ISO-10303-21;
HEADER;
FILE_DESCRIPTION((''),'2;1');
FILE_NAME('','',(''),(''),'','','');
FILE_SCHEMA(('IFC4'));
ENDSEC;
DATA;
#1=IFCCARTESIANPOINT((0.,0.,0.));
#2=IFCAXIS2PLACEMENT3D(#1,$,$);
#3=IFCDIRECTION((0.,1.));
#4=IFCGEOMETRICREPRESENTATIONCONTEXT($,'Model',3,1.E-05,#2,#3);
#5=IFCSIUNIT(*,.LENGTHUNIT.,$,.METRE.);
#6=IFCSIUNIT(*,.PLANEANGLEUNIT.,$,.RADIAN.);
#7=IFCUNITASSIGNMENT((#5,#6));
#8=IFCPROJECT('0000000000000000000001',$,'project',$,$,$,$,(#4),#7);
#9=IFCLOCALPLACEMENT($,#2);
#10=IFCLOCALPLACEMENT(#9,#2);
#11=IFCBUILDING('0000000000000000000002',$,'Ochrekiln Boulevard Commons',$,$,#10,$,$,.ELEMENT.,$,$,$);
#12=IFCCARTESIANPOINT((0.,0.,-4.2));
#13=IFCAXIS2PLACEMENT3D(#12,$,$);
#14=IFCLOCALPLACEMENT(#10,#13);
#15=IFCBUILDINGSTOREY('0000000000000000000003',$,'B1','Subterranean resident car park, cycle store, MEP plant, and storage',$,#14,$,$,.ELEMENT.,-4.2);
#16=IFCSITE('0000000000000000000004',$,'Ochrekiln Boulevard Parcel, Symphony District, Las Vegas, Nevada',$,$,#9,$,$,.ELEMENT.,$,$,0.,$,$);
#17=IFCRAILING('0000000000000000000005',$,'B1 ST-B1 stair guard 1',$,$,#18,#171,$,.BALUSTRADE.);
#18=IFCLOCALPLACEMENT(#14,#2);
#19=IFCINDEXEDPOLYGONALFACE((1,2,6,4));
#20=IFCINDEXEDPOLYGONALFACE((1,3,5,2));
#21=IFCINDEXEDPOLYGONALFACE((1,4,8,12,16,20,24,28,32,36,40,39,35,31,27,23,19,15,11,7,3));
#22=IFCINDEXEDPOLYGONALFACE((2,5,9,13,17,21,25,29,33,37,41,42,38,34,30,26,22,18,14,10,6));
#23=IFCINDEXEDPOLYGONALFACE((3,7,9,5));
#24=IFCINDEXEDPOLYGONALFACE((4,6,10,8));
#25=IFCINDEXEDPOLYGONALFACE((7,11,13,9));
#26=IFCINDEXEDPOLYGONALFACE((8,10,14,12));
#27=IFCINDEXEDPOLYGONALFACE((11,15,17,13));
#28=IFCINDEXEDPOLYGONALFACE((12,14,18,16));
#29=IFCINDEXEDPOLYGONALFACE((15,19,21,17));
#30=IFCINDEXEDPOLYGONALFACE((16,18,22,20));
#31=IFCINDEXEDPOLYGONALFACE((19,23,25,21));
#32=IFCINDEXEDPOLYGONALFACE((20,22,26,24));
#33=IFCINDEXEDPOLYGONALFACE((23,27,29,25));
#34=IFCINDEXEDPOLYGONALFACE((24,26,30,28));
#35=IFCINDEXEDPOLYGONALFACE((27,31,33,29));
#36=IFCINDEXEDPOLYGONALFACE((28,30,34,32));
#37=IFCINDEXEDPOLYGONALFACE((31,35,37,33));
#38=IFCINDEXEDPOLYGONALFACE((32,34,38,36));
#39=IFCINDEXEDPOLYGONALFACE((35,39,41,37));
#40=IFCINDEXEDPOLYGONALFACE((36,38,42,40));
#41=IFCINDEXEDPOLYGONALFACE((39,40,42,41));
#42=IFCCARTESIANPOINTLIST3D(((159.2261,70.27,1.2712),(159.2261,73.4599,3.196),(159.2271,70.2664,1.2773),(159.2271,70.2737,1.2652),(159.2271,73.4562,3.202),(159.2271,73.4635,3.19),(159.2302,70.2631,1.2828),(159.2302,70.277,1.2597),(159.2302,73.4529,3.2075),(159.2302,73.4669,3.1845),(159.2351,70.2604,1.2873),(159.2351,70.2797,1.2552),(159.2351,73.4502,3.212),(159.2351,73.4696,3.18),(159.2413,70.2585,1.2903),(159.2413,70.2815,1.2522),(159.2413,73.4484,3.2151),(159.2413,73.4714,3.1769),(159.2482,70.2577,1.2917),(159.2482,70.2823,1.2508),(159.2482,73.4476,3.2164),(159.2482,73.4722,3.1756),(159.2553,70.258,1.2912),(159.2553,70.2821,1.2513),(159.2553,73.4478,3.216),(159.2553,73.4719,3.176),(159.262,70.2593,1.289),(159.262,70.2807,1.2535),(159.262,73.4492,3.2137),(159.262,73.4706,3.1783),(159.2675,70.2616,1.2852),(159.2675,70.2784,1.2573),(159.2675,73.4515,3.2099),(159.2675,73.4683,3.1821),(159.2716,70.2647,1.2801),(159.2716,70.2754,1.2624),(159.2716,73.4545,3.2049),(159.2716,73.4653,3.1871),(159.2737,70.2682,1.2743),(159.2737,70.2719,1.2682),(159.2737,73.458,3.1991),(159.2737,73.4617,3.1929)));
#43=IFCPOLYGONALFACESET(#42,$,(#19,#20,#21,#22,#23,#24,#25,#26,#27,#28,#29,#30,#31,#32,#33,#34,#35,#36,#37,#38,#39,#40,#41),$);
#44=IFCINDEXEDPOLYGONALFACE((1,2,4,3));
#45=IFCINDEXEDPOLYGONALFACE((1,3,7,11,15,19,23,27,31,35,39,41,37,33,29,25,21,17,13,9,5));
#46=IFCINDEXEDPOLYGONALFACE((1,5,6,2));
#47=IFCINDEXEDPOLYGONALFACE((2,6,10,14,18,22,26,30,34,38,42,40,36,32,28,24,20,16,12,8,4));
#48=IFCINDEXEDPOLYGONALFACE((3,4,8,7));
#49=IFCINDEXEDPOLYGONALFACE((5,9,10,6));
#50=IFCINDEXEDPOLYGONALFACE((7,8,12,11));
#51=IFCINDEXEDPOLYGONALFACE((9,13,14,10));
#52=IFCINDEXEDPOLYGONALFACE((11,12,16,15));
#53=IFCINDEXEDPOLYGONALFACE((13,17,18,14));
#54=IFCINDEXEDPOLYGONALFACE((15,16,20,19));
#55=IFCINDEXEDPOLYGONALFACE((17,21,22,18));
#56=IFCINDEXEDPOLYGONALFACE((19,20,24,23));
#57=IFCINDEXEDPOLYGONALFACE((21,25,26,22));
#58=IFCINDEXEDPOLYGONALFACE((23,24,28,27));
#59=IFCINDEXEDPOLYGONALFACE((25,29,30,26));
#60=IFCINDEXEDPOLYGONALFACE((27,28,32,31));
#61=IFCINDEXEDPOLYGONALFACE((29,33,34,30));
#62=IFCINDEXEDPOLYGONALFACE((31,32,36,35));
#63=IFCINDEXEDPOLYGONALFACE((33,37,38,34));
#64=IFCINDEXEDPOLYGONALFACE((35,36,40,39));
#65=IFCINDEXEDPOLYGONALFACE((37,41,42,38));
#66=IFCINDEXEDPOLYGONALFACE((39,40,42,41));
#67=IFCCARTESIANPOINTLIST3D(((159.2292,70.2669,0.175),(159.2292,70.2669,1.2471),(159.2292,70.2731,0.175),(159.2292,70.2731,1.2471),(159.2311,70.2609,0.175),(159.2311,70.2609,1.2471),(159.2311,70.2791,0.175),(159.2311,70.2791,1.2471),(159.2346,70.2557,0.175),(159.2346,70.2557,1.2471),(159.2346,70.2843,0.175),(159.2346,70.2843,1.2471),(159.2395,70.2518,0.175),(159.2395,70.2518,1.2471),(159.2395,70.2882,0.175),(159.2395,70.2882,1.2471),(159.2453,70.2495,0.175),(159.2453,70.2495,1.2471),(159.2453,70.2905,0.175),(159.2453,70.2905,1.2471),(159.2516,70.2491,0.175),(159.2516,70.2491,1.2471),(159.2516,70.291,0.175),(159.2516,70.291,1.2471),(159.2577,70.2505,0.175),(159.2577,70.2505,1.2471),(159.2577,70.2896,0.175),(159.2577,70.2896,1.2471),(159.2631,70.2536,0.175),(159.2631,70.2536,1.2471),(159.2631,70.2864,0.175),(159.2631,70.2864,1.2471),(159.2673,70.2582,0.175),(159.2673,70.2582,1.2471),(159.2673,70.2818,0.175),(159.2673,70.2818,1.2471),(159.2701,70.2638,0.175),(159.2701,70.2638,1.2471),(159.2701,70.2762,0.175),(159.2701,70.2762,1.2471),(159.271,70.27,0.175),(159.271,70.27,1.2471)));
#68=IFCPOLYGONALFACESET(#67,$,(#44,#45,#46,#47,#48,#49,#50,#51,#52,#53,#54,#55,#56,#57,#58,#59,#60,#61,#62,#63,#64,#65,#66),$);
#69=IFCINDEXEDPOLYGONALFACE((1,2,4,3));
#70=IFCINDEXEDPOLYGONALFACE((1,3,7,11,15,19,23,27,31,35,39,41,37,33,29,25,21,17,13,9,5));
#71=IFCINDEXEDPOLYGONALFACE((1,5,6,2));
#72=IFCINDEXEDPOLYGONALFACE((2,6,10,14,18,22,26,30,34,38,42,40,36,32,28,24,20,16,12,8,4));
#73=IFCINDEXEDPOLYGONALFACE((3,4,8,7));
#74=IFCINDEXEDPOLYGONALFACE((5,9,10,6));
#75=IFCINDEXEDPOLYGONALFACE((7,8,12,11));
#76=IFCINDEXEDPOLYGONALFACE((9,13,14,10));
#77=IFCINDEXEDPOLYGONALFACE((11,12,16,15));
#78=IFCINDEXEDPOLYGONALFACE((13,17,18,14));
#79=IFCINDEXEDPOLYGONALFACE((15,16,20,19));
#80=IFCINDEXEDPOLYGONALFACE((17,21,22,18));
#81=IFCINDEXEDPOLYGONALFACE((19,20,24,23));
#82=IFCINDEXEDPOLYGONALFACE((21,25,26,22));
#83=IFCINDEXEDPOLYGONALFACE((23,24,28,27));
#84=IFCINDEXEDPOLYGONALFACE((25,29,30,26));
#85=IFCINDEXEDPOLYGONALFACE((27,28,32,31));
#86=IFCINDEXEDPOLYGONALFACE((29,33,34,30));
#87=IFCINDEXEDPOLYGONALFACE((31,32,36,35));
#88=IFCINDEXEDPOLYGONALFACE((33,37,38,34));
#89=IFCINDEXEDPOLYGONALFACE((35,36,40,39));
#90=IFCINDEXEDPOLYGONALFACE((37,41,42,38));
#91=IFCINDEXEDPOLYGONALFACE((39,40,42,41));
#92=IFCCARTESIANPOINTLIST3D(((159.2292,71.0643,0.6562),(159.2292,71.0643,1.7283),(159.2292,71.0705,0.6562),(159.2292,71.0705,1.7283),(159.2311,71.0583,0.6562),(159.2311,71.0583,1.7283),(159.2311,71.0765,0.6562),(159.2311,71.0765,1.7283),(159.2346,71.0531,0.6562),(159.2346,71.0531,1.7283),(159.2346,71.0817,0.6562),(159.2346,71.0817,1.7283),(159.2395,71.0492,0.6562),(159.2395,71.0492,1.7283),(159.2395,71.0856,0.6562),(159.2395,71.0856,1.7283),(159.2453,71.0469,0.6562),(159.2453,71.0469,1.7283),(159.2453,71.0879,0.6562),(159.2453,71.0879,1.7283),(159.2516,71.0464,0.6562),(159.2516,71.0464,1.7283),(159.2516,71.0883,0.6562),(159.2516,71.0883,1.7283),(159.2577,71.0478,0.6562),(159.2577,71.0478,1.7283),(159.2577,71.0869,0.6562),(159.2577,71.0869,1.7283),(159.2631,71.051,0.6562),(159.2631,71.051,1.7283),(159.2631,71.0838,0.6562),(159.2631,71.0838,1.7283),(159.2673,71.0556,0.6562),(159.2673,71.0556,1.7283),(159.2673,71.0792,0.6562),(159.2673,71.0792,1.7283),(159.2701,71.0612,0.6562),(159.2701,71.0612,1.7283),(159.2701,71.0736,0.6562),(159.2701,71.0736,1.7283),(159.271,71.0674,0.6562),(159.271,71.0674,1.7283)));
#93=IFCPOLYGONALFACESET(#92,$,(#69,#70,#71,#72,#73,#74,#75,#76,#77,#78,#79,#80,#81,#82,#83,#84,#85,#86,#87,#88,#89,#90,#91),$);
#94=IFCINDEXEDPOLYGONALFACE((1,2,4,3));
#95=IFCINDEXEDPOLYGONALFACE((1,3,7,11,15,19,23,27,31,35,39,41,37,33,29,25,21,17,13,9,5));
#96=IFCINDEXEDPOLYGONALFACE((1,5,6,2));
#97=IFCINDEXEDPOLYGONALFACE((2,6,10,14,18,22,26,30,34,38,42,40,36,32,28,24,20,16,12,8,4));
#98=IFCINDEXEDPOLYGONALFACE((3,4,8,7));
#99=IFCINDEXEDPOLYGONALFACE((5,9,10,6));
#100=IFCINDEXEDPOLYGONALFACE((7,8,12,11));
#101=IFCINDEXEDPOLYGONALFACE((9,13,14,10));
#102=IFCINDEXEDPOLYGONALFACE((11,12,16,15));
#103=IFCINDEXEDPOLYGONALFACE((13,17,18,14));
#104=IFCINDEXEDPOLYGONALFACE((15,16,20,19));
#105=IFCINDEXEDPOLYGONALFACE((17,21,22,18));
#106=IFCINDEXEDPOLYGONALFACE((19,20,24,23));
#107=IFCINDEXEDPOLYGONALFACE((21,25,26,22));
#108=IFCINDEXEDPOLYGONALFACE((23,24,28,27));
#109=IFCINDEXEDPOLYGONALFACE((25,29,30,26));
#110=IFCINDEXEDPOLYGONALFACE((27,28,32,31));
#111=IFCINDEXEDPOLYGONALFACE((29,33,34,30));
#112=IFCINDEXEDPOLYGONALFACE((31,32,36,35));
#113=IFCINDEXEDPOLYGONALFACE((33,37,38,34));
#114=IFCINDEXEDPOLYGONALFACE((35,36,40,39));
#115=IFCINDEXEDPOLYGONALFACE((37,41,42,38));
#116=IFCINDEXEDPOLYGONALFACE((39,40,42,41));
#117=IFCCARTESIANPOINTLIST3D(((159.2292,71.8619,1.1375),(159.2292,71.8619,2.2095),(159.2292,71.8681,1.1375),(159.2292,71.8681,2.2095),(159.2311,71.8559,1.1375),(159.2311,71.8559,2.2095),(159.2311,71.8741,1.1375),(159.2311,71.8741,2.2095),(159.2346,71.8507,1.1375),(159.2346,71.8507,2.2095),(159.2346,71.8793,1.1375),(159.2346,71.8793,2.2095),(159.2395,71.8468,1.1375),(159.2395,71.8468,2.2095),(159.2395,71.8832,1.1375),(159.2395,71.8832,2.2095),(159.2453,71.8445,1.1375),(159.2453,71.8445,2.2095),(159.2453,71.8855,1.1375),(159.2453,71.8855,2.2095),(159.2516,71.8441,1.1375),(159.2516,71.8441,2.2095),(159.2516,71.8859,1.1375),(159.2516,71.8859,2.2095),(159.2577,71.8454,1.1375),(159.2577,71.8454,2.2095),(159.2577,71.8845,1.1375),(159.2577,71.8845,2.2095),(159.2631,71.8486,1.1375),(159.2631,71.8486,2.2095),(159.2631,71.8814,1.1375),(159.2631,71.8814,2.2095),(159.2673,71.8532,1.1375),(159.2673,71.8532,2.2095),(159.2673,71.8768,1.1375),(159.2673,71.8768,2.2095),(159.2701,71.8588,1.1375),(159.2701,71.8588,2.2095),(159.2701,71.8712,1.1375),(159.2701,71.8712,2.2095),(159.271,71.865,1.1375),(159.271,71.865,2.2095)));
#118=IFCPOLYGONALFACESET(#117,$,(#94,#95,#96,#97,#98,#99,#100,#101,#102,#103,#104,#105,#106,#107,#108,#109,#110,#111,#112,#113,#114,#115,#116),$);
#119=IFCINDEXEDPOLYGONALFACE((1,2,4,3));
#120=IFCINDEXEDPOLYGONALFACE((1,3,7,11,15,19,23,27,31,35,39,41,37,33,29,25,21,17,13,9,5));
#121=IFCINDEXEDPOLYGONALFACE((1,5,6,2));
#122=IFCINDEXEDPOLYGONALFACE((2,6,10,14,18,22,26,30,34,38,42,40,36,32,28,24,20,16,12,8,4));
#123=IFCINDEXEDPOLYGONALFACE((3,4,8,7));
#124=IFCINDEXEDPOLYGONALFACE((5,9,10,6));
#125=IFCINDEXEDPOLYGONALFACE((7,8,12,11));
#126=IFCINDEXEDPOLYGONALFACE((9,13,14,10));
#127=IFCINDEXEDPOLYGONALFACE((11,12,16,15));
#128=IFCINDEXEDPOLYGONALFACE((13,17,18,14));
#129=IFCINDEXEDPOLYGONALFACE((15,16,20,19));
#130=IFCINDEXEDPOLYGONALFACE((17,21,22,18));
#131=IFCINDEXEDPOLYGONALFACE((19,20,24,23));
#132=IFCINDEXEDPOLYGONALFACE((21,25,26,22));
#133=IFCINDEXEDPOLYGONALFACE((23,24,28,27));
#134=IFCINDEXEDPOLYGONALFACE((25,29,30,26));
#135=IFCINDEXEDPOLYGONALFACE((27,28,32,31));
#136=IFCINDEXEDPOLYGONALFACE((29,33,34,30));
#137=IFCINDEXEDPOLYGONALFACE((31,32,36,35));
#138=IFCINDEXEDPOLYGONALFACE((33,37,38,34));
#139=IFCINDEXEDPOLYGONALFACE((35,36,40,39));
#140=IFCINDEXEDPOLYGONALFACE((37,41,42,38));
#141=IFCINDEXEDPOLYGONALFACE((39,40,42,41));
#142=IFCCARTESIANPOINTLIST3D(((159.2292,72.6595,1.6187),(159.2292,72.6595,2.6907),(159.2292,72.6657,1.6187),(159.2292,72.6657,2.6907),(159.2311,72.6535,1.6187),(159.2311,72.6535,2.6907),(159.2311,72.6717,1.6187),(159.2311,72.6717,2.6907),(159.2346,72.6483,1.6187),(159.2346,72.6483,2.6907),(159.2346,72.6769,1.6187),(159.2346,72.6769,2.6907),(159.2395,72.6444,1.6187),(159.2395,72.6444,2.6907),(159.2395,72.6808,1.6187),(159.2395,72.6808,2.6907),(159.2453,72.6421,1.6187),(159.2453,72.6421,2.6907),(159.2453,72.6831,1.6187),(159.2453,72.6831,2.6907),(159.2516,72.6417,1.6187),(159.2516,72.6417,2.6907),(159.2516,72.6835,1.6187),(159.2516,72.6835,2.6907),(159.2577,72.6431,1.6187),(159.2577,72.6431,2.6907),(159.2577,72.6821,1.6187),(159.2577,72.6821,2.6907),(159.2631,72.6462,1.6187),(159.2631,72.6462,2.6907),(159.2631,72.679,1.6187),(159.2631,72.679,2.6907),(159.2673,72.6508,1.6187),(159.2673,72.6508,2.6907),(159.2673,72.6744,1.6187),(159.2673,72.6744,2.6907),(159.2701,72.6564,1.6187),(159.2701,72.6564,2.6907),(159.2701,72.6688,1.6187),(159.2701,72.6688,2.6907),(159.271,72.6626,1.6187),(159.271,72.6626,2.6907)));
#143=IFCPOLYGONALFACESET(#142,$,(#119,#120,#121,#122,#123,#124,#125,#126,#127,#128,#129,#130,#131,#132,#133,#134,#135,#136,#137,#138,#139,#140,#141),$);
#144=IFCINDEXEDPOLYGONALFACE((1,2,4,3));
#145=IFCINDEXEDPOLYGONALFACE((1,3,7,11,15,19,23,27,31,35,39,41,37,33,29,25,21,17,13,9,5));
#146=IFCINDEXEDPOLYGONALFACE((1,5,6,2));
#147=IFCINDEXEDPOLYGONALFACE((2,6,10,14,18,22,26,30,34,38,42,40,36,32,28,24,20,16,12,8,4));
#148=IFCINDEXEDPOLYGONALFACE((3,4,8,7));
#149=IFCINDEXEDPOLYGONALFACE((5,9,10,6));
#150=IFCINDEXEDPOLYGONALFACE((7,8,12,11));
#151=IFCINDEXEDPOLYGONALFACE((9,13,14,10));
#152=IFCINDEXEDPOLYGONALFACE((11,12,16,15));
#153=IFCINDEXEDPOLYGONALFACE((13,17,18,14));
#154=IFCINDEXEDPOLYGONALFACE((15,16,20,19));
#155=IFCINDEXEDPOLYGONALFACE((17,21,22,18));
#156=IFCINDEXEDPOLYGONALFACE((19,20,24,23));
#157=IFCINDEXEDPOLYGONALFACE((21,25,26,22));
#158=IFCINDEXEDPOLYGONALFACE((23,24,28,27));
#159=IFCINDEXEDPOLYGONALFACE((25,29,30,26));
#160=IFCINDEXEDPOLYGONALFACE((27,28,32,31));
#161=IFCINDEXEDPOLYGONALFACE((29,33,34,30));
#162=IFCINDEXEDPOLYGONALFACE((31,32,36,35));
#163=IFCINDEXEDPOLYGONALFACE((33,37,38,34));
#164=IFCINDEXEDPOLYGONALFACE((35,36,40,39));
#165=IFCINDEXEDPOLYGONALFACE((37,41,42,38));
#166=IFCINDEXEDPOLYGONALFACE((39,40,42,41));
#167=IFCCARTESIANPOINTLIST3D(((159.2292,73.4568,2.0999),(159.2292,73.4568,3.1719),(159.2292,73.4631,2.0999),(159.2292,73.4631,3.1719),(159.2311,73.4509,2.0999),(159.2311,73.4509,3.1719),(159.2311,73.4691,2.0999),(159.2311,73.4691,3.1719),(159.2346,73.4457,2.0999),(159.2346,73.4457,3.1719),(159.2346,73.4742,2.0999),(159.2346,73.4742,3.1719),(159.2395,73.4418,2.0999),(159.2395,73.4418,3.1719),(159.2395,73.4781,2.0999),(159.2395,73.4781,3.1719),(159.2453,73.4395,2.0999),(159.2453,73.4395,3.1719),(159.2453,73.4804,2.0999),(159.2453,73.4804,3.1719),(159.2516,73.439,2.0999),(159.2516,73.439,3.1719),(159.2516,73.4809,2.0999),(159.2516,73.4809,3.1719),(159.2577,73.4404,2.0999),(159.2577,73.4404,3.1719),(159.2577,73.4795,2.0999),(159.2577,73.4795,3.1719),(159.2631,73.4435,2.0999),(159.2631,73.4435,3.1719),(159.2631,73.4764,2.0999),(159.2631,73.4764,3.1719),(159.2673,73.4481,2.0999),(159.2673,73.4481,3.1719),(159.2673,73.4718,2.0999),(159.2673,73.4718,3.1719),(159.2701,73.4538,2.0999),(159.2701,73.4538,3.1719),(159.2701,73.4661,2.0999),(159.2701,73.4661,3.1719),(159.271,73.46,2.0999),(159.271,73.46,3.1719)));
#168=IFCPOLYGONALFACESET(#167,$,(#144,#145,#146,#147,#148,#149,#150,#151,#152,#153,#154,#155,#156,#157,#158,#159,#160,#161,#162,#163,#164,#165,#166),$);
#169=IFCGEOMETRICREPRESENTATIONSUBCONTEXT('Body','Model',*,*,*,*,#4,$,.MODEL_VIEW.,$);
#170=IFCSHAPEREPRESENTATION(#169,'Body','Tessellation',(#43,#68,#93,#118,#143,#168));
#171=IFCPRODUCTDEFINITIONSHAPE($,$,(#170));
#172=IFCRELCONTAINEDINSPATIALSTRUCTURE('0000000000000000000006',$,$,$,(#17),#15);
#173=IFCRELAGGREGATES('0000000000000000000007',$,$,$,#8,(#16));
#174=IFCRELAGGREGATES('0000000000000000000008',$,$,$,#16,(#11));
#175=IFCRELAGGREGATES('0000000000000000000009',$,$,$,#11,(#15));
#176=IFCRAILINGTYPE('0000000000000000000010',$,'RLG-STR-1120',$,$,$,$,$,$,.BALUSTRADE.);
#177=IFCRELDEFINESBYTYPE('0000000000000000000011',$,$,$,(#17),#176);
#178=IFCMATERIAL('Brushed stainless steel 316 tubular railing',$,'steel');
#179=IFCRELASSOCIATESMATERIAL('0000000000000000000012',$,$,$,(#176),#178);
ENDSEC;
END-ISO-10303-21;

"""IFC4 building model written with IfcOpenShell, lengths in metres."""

from ifc_helpers import new_model, si_unit, direction, frame, origin, origin_2d, place, context, subcontext, project, spatial, circle, extrude, material, type_object, element, save


model = new_model("IFC4")

# Units and contexts
model_context = context("Model", 3, precision=1e-05, world=origin(), true_north=direction((0.0, 1.0)))
body_context = subcontext(model_context, "Body", "Model", "MODEL_VIEW")
ifc_project = project(units=[si_unit("LENGTHUNIT", "METRE"), si_unit("PLANEANGLEUNIT", "RADIAN")], contexts=[model_context])

# Site, building, storey
site_placement = place(None, origin())
site = spatial("IfcSite", under=ifc_project, at=site_placement, Name="Ochrekiln Boulevard Parcel, Symphony District, Las Vegas, Nevada", CompositionType="ELEMENT", RefElevation=0.0)
building_placement = place(site_placement, origin())
building = spatial("IfcBuilding", under=site, at=building_placement, Name="Ochrekiln Boulevard Commons", CompositionType="ELEMENT")
storey_placement = place(building_placement, frame((0.0, 0.0, -4.2)))
storey = spatial("IfcBuildingStorey", under=building, at=storey_placement, Name="B1", Description="Subterranean resident car park, cycle store, MEP plant, and storage", CompositionType="ELEMENT", Elevation=-4.2)

# Railing
ifc_material_1 = material(Name="Brushed stainless steel 316 tubular railing", Category="steel")
railing_type = type_object("IfcRailingType", Name="RLG-STR-1120", PredefinedType="BALUSTRADE", material=ifc_material_1)
railing_1_placement = place(storey_placement, frame((159.25, 70.27, 0.175)))
element("IfcRailing", 1, at=railing_1_placement, inside=storey, type_object=railing_type, Name="B1 ST-B1 stair guard 1", PredefinedType="BALUSTRADE", context=body_context, shape_type="SweptSolid", body=[
    extrude(circle(Radius=0.0239, at=origin_2d()), frame((0.0, 0.0, 1.0962), z_axis=(0.0, 0.856207, 0.516633), x_axis=(-1.0, 0.0, 0.0)), (0.0, 0.0, 1.0), 3.7256),
    extrude(circle(Radius=0.021, at=origin_2d()), origin(), (0.0, 0.0, 1.0), 1.072),
    extrude(circle(Radius=0.021, at=origin_2d()), frame((0.0, 0.7974, 0.4812)), (0.0, 0.0, 1.0), 1.072),
    extrude(circle(Radius=0.021, at=origin_2d()), frame((0.0, 1.595, 0.9624)), (0.0, 0.0, 1.0), 1.072),
    extrude(circle(Radius=0.021, at=origin_2d()), frame((0.0, 2.3926, 1.4436)), (0.0, 0.0, 1.0), 1.072),
    extrude(circle(Radius=0.021, at=origin_2d()), frame((0.0, 3.1899, 1.9248)), (0.0, 0.0, 1.0), 1.072),
])

save(model, "model.ifc")
